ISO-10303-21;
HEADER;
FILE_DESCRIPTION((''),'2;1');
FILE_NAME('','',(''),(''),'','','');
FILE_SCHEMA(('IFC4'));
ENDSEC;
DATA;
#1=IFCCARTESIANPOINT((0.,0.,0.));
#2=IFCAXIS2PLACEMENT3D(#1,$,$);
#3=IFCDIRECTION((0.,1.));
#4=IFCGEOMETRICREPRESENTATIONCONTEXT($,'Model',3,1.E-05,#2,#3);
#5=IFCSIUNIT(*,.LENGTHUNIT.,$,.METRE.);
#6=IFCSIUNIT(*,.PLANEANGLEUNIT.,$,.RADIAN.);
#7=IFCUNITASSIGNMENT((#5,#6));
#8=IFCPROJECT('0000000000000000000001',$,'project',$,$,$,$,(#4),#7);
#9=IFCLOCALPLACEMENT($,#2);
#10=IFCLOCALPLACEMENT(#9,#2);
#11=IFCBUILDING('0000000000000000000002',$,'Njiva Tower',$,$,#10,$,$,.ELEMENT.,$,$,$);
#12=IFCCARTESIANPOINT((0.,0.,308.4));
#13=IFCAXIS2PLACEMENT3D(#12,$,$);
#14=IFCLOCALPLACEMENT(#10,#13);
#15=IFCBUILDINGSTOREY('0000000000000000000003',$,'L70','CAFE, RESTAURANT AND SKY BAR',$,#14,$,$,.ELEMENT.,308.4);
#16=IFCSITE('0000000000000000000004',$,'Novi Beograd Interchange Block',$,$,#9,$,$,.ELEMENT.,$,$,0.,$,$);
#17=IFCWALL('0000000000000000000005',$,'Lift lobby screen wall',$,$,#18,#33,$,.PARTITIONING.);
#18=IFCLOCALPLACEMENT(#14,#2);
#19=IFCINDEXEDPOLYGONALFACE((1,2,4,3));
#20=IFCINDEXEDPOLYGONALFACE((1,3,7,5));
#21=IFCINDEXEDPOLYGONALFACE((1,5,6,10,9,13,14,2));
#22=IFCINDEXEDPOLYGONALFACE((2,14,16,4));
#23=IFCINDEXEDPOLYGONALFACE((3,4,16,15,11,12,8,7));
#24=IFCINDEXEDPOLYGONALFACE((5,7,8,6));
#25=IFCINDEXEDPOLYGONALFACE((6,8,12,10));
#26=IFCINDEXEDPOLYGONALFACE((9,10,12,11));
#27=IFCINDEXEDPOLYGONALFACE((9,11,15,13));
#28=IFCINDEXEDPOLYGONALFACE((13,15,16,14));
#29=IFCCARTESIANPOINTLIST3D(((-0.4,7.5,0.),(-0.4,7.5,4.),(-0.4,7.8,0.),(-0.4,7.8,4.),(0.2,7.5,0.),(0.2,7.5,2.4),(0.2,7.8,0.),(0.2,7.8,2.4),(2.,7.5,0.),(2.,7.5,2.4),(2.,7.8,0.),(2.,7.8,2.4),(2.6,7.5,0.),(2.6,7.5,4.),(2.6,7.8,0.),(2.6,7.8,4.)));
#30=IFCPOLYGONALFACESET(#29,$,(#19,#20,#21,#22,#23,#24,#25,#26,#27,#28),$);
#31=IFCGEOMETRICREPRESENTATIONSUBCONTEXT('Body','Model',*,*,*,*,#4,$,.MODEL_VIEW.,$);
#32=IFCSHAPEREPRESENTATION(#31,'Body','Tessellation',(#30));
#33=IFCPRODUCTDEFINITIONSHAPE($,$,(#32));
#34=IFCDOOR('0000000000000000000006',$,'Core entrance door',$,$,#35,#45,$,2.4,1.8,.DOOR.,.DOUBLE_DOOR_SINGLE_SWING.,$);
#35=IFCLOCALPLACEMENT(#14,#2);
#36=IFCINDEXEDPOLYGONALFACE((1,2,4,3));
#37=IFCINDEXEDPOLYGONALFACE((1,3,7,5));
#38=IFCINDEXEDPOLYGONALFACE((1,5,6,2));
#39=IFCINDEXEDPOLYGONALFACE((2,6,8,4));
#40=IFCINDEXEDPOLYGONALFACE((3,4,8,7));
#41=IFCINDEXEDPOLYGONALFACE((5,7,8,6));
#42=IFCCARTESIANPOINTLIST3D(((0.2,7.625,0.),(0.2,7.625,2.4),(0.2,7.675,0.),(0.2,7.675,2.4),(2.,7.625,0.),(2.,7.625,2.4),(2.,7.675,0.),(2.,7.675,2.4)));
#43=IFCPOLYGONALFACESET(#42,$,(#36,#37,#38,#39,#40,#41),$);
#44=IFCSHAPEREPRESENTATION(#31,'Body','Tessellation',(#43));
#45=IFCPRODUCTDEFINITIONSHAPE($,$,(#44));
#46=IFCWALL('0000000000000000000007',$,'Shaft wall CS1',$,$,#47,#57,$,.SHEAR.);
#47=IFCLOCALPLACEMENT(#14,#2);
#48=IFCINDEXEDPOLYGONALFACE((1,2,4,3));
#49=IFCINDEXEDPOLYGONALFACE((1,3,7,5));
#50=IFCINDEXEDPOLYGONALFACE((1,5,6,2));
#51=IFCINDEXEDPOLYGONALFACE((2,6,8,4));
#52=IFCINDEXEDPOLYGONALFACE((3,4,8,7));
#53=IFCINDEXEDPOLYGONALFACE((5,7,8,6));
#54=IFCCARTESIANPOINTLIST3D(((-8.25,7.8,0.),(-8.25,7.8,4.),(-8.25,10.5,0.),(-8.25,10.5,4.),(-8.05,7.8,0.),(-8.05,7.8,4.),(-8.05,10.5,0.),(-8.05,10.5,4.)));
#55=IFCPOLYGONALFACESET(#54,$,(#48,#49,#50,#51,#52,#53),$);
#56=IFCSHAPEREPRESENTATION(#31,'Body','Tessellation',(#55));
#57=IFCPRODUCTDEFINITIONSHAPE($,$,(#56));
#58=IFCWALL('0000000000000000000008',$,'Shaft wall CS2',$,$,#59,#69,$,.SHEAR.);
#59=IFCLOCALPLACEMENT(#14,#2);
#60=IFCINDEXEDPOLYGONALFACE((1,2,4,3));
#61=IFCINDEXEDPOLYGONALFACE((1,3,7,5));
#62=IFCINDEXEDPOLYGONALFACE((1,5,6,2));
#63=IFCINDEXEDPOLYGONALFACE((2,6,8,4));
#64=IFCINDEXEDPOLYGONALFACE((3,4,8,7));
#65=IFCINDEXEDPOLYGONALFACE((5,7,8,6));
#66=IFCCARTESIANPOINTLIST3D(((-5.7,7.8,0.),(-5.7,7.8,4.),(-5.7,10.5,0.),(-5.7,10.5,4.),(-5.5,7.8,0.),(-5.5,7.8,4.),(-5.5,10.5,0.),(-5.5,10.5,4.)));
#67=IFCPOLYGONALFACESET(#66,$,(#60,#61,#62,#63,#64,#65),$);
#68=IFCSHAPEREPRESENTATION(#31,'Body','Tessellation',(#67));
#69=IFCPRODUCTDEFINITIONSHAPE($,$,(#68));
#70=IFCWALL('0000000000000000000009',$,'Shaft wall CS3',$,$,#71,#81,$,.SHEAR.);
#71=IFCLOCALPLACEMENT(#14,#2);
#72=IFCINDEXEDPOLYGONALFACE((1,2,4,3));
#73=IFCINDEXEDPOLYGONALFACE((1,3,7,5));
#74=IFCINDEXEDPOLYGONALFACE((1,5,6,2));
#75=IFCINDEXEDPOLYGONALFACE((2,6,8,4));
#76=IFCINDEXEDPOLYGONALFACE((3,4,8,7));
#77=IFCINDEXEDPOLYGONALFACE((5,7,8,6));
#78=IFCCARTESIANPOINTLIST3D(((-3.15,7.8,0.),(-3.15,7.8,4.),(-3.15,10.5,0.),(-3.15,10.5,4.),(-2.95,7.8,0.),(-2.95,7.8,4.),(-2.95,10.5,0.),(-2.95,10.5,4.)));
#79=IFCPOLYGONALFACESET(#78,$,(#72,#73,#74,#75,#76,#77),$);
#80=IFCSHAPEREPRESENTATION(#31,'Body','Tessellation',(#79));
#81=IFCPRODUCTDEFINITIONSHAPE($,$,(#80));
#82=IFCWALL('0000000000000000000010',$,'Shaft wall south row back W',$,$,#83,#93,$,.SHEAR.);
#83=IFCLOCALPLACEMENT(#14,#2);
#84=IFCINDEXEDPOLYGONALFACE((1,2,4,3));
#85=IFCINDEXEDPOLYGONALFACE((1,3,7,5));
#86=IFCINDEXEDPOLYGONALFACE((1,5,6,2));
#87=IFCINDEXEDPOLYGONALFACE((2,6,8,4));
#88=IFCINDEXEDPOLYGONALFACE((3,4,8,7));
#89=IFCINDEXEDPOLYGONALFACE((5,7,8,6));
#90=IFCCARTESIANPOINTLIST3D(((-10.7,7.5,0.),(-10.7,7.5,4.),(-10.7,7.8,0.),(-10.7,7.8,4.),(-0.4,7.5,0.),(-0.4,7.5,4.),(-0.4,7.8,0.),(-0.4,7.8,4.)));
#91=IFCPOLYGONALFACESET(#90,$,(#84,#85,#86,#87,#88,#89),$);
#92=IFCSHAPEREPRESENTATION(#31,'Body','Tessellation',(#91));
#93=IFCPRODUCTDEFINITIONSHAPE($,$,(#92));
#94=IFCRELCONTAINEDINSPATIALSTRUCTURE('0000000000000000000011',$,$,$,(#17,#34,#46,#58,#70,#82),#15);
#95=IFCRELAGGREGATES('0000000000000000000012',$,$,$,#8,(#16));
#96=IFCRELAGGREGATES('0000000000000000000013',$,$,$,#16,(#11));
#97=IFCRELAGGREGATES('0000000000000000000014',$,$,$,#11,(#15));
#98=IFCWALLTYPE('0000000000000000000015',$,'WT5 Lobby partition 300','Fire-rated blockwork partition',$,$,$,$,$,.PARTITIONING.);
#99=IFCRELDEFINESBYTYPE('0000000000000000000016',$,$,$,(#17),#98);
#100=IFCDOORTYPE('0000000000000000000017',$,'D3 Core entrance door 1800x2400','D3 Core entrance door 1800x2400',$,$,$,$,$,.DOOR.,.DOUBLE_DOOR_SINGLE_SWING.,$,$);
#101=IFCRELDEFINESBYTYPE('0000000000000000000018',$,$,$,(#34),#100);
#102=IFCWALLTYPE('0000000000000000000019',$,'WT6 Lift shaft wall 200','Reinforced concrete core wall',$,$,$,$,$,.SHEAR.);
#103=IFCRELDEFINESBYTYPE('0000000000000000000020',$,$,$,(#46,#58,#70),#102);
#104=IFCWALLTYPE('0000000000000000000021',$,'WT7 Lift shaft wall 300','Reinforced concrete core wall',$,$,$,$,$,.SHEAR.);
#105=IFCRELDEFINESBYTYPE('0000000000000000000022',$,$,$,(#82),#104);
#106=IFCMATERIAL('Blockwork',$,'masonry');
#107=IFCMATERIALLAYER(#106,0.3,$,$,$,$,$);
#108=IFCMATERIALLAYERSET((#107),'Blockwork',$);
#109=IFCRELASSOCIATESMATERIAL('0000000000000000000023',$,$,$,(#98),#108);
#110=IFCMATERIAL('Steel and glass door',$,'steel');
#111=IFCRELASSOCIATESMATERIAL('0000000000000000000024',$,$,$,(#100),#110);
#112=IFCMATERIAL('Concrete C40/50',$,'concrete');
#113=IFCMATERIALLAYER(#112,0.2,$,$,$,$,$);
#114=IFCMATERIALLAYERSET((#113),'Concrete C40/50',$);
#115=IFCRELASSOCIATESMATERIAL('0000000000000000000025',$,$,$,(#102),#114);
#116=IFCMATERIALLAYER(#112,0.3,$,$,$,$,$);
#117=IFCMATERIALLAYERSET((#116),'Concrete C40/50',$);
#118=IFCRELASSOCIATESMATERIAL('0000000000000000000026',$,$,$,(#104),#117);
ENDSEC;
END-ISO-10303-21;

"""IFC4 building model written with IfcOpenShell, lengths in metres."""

from ifc_helpers import new_model, si_unit, direction, frame, frame_2d, origin, place, context, subcontext, project, spatial, rectangle, extrude, material, layer, layer_set, type_object, element, fill, save


model = new_model("IFC4")

# Units and contexts
model_context = context("Model", 3, precision=1e-05, world=origin(), true_north=direction((0.0, 1.0)))
body_context = subcontext(model_context, "Body", "Model", "MODEL_VIEW")
ifc_project = project(units=[si_unit("LENGTHUNIT", "METRE"), si_unit("PLANEANGLEUNIT", "RADIAN")], contexts=[model_context])

# Site, building, storey
site_placement = place(None, origin())
site = spatial("IfcSite", under=ifc_project, at=site_placement, Name="Novi Beograd Interchange Block", CompositionType="ELEMENT", RefElevation=0.0)
building_placement = place(site_placement, origin())
building = spatial("IfcBuilding", under=site, at=building_placement, Name="Njiva Tower", CompositionType="ELEMENT")
storey_placement = place(building_placement, frame((0.0, 0.0, 308.4)))
storey = spatial("IfcBuildingStorey", under=building, at=storey_placement, Name="L70", Description="CAFE, RESTAURANT AND SKY BAR", CompositionType="ELEMENT", Elevation=308.4)

# Shared definitions
ifc_material_1 = material(Name="Blockwork", Category="masonry")

# Shared definitions
ifc_material_2 = material(Name="Concrete C40/50", Category="concrete")

# Wall, opening, door
ifc_layer_1 = layer(ifc_material_1, 0.3)
ifc_layer_set_1 = layer_set([ifc_layer_1], Name="Blockwork")
wall_type_1 = type_object("IfcWallType", Name="WT5 Lobby partition 300", Description="Fire-rated blockwork partition", PredefinedType="PARTITIONING", material=ifc_layer_set_1)
wall_1_placement = place(storey_placement, frame((-0.4, 7.65, 0.0), z_axis=(0.0, 0.0, 1.0), x_axis=(1.0, 0.0, 0.0)))
wall_1 = element("IfcWall", 1, at=wall_1_placement, inside=storey, type_object=wall_type_1, Name="Lift lobby screen wall", PredefinedType="PARTITIONING", context=body_context, shape_type="SweptSolid", body=[
    extrude(rectangle(XDim=3.0, YDim=0.3, at=frame_2d((1.5, 0.0))), origin(), (0.0, 0.0, 1.0), 4.0),
])
opening_1_placement = place(wall_1_placement, frame((0.6, 0.0, 0.0)))
opening_1 = element("IfcOpeningElement", 2, at=opening_1_placement, cuts=wall_1, PredefinedType="OPENING", context=body_context, shape_type="SweptSolid", body=[
    extrude(rectangle(XDim=1.8, YDim=2.4, at=frame_2d((0.9, 1.2))), frame((0.0, 0.16, 0.0), z_axis=(0.0, -1.0, 0.0), x_axis=(1.0, 0.0, 0.0)), (0.0, 0.0, 1.0), 0.32),
])
ifc_material_3 = material(Name="Steel and glass door", Category="steel")
door_type_1 = type_object("IfcDoorType", Name="D3 Core entrance door 1800x2400", Description="D3 Core entrance door 1800x2400", OperationType="DOUBLE_DOOR_SINGLE_SWING", PredefinedType="DOOR", material=ifc_material_3)
door_1_placement = place(opening_1_placement, origin())
door_1 = element("IfcDoor", 3, at=door_1_placement, inside=storey, type_object=door_type_1, Name="Core entrance door", OperationType="DOUBLE_DOOR_SINGLE_SWING", OverallHeight=2.4, OverallWidth=1.8, PredefinedType="DOOR", context=body_context, shape_type="SweptSolid", body=[
    extrude(rectangle(XDim=1.8, YDim=2.4, at=frame_2d((0.9, 1.2))), frame((0.0, 0.025, 0.0), z_axis=(0.0, -1.0, 0.0), x_axis=(1.0, 0.0, 0.0)), (0.0, 0.0, 1.0), 0.05),
])
fill(opening_1, door_1)

# Walls
ifc_layer_2 = layer(ifc_material_2, 0.2)
ifc_layer_set_2 = layer_set([ifc_layer_2], Name="Concrete C40/50")
wall_type_2 = type_object("IfcWallType", Name="WT6 Lift shaft wall 200", Description="Reinforced concrete core wall", PredefinedType="SHEAR", material=ifc_layer_set_2)
for number, where, z_axis, x_axis, name in (
    (4, (-8.15, 7.8, 0.0), (0.0, 0.0, 1.0), (0.0, 1.0, 0.0), "Shaft wall CS1"),
    (5, (-5.6, 7.8, 0.0), (0.0, 0.0, 1.0), (0.0, 1.0, 0.0), "Shaft wall CS2"),
    (6, (-3.05, 7.8, 0.0), (0.0, 0.0, 1.0), (0.0, 1.0, 0.0), "Shaft wall CS3"),
):
    element("IfcWall", number, at=place(storey_placement, frame(where, z_axis=z_axis, x_axis=x_axis)), inside=storey, type_object=wall_type_2, Name=name, PredefinedType="SHEAR", context=body_context, shape_type="SweptSolid", body=[
        extrude(rectangle(XDim=2.7, YDim=0.2, at=frame_2d((1.35, 0.0))), origin(), (0.0, 0.0, 1.0), 4.0),
    ])
ifc_layer_3 = layer(ifc_material_2, 0.3)
ifc_layer_set_3 = layer_set([ifc_layer_3], Name="Concrete C40/50")
wall_type_3 = type_object("IfcWallType", Name="WT7 Lift shaft wall 300", Description="Reinforced concrete core wall", PredefinedType="SHEAR", material=ifc_layer_set_3)
wall_2_placement = place(storey_placement, frame((-10.7, 7.65, 0.0), z_axis=(0.0, 0.0, 1.0), x_axis=(1.0, 0.0, 0.0)))
element("IfcWall", 7, at=wall_2_placement, inside=storey, type_object=wall_type_3, Name="Shaft wall south row back W", PredefinedType="SHEAR", context=body_context, shape_type="SweptSolid", body=[
    extrude(rectangle(XDim=10.3, YDim=0.3, at=frame_2d((5.15, 0.0))), origin(), (0.0, 0.0, 1.0), 4.0),
])

save(model, "model.ifc")
